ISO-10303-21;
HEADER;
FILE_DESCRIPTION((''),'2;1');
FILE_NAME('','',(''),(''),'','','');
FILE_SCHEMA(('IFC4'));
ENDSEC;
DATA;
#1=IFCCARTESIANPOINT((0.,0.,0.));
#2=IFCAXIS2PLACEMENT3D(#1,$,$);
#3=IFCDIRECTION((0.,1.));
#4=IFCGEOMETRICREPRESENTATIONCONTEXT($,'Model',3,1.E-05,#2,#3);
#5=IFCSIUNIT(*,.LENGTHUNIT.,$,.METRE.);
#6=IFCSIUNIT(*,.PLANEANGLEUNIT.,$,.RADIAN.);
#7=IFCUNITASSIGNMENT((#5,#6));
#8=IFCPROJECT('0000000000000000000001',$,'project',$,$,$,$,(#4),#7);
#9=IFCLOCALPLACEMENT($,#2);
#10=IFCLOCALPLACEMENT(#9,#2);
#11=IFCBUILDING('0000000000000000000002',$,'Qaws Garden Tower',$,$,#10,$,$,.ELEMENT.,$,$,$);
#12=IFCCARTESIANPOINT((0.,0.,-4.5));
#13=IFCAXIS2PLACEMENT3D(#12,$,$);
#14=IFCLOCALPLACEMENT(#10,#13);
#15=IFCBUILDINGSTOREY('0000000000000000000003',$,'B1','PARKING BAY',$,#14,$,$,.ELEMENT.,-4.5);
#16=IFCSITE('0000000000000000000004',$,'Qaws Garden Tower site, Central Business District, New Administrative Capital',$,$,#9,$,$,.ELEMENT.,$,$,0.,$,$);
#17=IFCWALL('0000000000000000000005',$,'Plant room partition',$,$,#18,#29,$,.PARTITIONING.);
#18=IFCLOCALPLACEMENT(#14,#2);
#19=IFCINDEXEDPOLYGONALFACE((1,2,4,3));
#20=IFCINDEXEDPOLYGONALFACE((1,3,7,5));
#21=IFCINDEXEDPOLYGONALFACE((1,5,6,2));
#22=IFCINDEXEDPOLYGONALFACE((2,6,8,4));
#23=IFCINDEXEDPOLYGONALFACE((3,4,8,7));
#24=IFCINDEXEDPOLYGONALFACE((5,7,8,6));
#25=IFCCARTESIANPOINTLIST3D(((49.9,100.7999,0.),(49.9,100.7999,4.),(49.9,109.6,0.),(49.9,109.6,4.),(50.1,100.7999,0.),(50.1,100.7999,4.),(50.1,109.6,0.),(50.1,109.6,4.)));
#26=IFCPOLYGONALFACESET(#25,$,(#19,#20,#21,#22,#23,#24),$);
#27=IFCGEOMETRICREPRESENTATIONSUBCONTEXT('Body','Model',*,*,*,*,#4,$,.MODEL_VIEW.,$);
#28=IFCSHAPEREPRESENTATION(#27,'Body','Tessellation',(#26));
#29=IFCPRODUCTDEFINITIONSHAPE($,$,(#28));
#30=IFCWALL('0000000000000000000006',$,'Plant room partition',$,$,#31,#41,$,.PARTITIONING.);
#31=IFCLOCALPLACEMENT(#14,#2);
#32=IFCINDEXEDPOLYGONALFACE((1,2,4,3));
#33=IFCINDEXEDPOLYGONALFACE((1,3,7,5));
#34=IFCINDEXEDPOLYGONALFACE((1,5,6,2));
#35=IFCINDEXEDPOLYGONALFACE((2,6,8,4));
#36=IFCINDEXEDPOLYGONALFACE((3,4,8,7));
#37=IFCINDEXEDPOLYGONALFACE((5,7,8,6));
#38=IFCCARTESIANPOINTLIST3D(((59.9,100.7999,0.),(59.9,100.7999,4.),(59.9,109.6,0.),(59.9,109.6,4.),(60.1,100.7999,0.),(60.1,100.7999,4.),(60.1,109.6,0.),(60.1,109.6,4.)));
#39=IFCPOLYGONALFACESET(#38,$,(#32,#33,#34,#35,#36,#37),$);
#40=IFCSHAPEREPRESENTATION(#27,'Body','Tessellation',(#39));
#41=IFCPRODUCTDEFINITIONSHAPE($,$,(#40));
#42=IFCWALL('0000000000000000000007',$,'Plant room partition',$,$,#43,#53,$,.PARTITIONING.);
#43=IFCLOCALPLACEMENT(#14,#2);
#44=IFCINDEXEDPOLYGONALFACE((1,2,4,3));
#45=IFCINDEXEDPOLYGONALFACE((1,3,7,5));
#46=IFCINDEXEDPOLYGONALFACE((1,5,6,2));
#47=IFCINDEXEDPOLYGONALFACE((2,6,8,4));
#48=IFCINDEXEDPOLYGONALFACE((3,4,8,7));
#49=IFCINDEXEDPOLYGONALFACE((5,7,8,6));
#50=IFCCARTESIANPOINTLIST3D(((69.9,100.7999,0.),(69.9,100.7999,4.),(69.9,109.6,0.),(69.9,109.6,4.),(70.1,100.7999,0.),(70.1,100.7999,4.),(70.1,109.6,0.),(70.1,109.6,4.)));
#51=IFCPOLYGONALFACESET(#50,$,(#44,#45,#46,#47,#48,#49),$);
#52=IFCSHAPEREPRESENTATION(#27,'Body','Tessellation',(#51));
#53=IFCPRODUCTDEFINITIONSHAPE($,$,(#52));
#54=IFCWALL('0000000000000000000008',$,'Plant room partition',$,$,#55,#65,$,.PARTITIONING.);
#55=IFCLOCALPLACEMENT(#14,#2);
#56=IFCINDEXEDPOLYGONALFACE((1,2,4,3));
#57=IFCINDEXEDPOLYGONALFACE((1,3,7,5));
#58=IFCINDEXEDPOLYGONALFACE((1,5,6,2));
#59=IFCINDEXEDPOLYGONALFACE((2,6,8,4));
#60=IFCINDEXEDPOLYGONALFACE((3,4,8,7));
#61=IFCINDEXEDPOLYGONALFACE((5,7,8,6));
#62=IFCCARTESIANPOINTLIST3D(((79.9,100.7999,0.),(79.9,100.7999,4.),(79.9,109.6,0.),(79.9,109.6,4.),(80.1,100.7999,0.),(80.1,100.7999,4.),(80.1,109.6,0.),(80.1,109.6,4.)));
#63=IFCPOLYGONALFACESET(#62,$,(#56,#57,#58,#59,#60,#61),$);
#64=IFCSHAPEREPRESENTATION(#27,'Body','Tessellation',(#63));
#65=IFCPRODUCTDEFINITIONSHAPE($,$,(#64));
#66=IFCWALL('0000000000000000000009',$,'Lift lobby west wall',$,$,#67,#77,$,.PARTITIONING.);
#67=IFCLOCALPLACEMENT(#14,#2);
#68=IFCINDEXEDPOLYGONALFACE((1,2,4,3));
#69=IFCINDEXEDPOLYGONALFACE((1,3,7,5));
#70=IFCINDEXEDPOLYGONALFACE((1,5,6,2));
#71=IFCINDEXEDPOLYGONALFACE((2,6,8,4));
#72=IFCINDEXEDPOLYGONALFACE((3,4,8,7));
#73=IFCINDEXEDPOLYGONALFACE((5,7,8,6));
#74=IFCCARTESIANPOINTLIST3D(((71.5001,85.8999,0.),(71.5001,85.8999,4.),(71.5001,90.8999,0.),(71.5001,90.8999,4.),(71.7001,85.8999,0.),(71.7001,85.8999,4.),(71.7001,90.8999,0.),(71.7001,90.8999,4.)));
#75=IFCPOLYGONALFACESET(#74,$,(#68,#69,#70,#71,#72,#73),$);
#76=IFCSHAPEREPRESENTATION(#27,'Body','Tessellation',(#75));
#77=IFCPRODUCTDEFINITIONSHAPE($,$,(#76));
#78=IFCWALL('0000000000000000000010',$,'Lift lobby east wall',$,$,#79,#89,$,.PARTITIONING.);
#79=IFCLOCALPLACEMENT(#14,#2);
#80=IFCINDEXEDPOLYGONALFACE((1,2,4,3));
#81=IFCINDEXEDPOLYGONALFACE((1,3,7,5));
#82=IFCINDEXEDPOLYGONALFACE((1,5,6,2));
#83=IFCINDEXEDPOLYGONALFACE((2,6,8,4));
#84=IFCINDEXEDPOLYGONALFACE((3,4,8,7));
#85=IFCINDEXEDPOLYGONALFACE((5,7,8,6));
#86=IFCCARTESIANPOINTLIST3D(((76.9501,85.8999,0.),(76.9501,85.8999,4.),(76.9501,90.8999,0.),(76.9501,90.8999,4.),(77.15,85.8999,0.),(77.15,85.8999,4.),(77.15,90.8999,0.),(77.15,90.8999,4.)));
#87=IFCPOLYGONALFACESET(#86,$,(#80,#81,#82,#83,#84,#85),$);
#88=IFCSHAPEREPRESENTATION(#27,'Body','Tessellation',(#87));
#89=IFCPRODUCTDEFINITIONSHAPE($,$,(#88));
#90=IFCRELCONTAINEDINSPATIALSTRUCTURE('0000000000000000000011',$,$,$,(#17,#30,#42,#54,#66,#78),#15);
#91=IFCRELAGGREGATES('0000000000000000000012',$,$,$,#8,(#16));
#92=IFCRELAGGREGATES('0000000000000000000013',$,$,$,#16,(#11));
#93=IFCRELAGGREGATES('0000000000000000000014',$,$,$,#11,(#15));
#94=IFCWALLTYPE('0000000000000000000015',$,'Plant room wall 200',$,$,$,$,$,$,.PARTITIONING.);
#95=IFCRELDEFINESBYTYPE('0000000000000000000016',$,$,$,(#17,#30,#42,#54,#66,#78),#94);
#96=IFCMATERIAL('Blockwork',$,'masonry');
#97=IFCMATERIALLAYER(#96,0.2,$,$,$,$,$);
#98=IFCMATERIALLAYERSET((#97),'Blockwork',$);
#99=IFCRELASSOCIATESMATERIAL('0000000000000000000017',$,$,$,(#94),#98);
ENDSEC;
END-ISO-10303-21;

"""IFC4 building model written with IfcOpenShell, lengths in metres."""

from ifc_helpers import new_model, si_unit, direction, frame, frame_2d, origin, place, context, subcontext, project, spatial, rectangle, extrude, material, layer, layer_set, type_object, element, save


model = new_model("IFC4")

# Units and contexts
model_context = context("Model", 3, precision=1e-05, world=origin(), true_north=direction((0.0, 1.0)))
body_context = subcontext(model_context, "Body", "Model", "MODEL_VIEW")
ifc_project = project(units=[si_unit("LENGTHUNIT", "METRE"), si_unit("PLANEANGLEUNIT", "RADIAN")], contexts=[model_context])

# Site, building, storey
site_placement = place(None, origin())
site = spatial("IfcSite", under=ifc_project, at=site_placement, Name="Qaws Garden Tower site, Central Business District, New Administrative Capital", CompositionType="ELEMENT", RefElevation=0.0)
building_placement = place(site_placement, origin())
building = spatial("IfcBuilding", under=site, at=building_placement, Name="Qaws Garden Tower", CompositionType="ELEMENT")
storey_placement = place(building_placement, frame((0.0, 0.0, -4.5)))
storey = spatial("IfcBuildingStorey", under=building, at=storey_placement, Name="B1", Description="PARKING BAY", CompositionType="ELEMENT", Elevation=-4.5)

# Walls
ifc_material_1 = material(Name="Blockwork", Category="masonry")
ifc_layer_1 = layer(ifc_material_1, 0.2)
ifc_layer_set_1 = layer_set([ifc_layer_1], Name="Blockwork")
wall_type_1 = type_object("IfcWallType", Name="Plant room wall 200", PredefinedType="PARTITIONING", material=ifc_layer_set_1)
for number, where, z_axis, x_axis, name in (
    (1, (50.0, 100.8, 0.0), (0.0, 0.0, 1.0), (0.0, 1.0, 0.0), "Plant room partition"),
    (2, (60.0, 100.8, 0.0), (0.0, 0.0, 1.0), (0.0, 1.0, 0.0), "Plant room partition"),
    (3, (70.0, 100.8, 0.0), (0.0, 0.0, 1.0), (0.0, 1.0, 0.0), "Plant room partition"),
    (4, (80.0, 100.8, 0.0), (0.0, 0.0, 1.0), (0.0, 1.0, 0.0), "Plant room partition"),
):
    element("IfcWall", number, at=place(storey_placement, frame(where, z_axis=z_axis, x_axis=x_axis)), inside=storey, type_object=wall_type_1, Name=name, PredefinedType="PARTITIONING", context=body_context, shape_type="SweptSolid", body=[
        extrude(rectangle(XDim=8.8, YDim=0.2, at=frame_2d((4.3999, 0.0))), origin(), (0.0, 0.0, 1.0), 4.0),
    ])
for number, where, z_axis, x_axis, name in (
    (5, (71.6001, 85.8999, 0.0), (0.0, 0.0, 1.0), (0.0, 1.0, 0.0), "Lift lobby west wall"),
    (6, (77.05, 85.8999, 0.0), (0.0, 0.0, 1.0), (0.0, 1.0, 0.0), "Lift lobby east wall"),
):
    element("IfcWall", number, at=place(storey_placement, frame(where, z_axis=z_axis, x_axis=x_axis)), inside=storey, type_object=wall_type_1, Name=name, PredefinedType="PARTITIONING", context=body_context, shape_type="SweptSolid", body=[
        extrude(rectangle(XDim=5.0, YDim=0.2, at=frame_2d((2.5, 0.0))), origin(), (0.0, 0.0, 1.0), 4.0),
    ])

save(model, "model.ifc")
